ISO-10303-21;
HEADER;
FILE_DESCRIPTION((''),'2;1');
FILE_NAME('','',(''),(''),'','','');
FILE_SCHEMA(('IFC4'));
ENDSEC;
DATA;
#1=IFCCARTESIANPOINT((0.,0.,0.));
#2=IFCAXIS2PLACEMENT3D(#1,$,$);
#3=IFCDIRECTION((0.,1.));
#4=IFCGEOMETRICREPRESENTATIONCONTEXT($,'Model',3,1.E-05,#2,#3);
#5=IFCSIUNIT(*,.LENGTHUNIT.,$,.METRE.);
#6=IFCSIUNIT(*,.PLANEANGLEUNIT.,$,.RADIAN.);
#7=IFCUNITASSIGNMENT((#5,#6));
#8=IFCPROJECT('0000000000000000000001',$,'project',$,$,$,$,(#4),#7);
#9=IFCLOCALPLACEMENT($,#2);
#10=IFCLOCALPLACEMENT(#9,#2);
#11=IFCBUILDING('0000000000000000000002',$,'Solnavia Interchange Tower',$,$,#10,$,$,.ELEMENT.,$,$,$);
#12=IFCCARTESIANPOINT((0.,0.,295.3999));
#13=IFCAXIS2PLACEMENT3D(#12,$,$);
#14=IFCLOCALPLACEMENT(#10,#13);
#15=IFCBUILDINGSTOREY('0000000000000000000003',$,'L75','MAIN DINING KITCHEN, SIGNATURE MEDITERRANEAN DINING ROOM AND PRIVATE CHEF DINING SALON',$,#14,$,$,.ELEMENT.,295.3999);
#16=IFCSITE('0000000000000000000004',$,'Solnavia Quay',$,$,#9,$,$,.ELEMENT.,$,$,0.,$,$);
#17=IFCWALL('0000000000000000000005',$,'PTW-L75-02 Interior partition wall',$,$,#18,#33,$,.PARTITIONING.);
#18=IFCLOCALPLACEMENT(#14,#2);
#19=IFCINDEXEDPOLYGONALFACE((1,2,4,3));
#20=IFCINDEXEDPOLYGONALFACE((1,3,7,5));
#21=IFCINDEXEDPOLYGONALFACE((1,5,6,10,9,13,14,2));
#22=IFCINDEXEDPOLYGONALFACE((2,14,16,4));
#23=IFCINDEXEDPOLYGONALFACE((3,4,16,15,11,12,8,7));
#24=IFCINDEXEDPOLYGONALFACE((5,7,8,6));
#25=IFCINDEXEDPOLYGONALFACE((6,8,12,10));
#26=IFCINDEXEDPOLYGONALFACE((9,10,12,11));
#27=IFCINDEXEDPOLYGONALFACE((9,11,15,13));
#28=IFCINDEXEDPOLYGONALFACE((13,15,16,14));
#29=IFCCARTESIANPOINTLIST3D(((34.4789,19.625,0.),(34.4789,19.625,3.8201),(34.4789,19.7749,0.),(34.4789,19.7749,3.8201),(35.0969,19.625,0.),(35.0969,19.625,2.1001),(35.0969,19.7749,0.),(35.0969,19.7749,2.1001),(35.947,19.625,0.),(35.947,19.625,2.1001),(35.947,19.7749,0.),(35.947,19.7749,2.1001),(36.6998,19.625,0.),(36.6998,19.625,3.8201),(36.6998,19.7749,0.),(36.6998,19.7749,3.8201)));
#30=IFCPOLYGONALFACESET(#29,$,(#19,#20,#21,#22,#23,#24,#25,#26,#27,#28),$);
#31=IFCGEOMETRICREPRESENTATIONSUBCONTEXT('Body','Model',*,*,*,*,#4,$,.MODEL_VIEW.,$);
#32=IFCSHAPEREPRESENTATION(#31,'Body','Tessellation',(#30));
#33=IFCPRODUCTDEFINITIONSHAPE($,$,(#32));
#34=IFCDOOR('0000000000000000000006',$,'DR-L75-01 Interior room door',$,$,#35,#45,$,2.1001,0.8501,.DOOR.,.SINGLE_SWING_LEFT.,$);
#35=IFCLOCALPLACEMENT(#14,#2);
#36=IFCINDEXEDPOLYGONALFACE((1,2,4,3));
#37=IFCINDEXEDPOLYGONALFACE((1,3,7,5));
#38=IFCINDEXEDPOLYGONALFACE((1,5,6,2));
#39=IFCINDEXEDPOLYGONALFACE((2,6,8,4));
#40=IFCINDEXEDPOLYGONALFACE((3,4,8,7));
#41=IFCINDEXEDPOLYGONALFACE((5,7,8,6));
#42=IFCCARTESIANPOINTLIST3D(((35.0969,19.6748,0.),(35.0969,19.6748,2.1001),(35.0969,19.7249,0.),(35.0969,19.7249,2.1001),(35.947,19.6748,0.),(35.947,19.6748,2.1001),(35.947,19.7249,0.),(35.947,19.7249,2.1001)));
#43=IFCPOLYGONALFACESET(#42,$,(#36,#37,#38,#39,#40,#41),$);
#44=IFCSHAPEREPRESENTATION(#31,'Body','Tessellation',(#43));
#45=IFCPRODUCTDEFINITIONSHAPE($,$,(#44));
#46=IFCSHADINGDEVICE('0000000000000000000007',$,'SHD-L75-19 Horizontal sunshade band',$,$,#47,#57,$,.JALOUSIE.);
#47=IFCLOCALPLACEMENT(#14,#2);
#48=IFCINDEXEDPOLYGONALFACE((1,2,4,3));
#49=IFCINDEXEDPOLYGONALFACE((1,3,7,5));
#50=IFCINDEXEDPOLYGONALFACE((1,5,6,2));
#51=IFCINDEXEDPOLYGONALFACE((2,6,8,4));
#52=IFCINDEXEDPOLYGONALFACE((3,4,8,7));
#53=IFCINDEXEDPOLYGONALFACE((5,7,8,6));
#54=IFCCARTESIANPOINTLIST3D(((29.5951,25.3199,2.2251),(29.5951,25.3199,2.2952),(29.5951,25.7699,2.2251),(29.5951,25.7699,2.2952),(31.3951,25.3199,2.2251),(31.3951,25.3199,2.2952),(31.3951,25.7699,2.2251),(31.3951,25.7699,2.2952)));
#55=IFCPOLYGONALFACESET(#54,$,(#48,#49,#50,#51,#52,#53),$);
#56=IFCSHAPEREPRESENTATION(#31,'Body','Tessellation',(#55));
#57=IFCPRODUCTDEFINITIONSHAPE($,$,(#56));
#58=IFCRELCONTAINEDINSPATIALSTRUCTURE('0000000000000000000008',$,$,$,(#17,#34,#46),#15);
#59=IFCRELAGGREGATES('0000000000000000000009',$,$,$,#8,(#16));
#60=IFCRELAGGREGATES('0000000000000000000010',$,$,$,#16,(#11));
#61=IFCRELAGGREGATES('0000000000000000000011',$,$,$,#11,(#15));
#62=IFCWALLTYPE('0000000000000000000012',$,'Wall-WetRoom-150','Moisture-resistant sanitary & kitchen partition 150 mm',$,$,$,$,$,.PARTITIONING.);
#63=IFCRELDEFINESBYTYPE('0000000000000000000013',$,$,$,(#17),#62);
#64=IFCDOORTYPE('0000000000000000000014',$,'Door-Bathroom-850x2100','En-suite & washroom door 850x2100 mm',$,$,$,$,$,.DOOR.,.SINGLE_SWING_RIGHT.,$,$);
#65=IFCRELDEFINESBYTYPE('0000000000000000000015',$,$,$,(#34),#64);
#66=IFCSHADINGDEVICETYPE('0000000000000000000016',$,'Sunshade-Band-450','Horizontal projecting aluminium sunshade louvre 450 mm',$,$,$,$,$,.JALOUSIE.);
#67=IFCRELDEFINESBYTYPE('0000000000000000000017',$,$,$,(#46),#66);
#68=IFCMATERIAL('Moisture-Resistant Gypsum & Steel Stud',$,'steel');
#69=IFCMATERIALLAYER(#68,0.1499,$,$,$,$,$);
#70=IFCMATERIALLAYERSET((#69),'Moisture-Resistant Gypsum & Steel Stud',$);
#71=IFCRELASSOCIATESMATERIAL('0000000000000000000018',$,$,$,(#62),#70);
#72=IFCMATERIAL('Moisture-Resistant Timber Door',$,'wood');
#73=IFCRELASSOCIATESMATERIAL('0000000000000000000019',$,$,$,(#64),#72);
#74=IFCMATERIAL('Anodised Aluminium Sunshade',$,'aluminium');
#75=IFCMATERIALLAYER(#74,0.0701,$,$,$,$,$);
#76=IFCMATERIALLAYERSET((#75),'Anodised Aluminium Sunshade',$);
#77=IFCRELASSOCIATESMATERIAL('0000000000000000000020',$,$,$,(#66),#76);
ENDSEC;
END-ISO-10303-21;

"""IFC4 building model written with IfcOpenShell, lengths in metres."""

from ifc_helpers import new_model, si_unit, direction, frame, frame_2d, origin, origin_2d, place, context, subcontext, project, spatial, rectangle, extrude, material, layer, layer_set, type_object, element, fill, save


model = new_model("IFC4")

# Units and contexts
model_context = context("Model", 3, precision=1e-05, world=origin(), true_north=direction((0.0, 1.0)))
body_context = subcontext(model_context, "Body", "Model", "MODEL_VIEW")
ifc_project = project(units=[si_unit("LENGTHUNIT", "METRE"), si_unit("PLANEANGLEUNIT", "RADIAN")], contexts=[model_context])

# Site, building, storey
site_placement = place(None, origin())
site = spatial("IfcSite", under=ifc_project, at=site_placement, Name="Solnavia Quay", CompositionType="ELEMENT", RefElevation=0.0)
building_placement = place(site_placement, origin())
building = spatial("IfcBuilding", under=site, at=building_placement, Name="Solnavia Interchange Tower", CompositionType="ELEMENT")
storey_placement = place(building_placement, frame((0.0, 0.0, 295.3999)))
storey = spatial("IfcBuildingStorey", under=building, at=storey_placement, Name="L75", Description="MAIN DINING KITCHEN, SIGNATURE MEDITERRANEAN DINING ROOM AND PRIVATE CHEF DINING SALON", CompositionType="ELEMENT", Elevation=295.3999)

# Shared definitions
ifc_material_1 = material(Name="Moisture-Resistant Gypsum & Steel Stud", Category="steel")
ifc_layer_1 = layer(ifc_material_1, 0.1499)
ifc_layer_set_1 = layer_set([ifc_layer_1], Name="Moisture-Resistant Gypsum & Steel Stud")
wall_type_1 = type_object("IfcWallType", Name="Wall-WetRoom-150", Description="Moisture-resistant sanitary & kitchen partition 150 mm", PredefinedType="PARTITIONING", material=ifc_layer_set_1)

# Wall, opening, door
wall_1_placement = place(storey_placement, frame((34.479, 19.7, 0.0), z_axis=(0.0, 0.0, 1.0), x_axis=(1.0, 0.0, 0.0)))
wall_1 = element("IfcWall", 1, at=wall_1_placement, inside=storey, type_object=wall_type_1, Name="PTW-L75-02 Interior partition wall", PredefinedType="PARTITIONING", context=body_context, shape_type="SweptSolid", body=[
    extrude(rectangle(XDim=2.2209, YDim=0.1499, at=frame_2d((1.1104, 0.0))), origin(), (0.0, 0.0, 1.0), 3.8201),
])
opening_1_placement = place(wall_1_placement, frame((0.6179, 0.0, 0.0)))
opening_1 = element("IfcOpeningElement", 2, at=opening_1_placement, cuts=wall_1, PredefinedType="OPENING", context=body_context, shape_type="SweptSolid", body=[
    extrude(rectangle(XDim=0.8501, YDim=2.1001, at=frame_2d((0.425, 1.05))), frame((0.0, 0.085, 0.0), z_axis=(0.0, -1.0, 0.0), x_axis=(1.0, 0.0, 0.0)), (0.0, 0.0, 1.0), 0.1699),
])
ifc_material_2 = material(Name="Moisture-Resistant Timber Door", Category="wood")
door_type_1 = type_object("IfcDoorType", Name="Door-Bathroom-850x2100", Description="En-suite & washroom door 850x2100 mm", OperationType="SINGLE_SWING_RIGHT", PredefinedType="DOOR", material=ifc_material_2)
door_1_placement = place(opening_1_placement, origin())
door_1 = element("IfcDoor", 3, at=door_1_placement, inside=storey, type_object=door_type_1, Name="DR-L75-01 Interior room door", OperationType="SINGLE_SWING_LEFT", OverallHeight=2.1001, OverallWidth=0.8501, PredefinedType="DOOR", context=body_context, shape_type="SweptSolid", body=[
    extrude(rectangle(XDim=0.8501, YDim=2.1001, at=frame_2d((0.425, 1.05))), frame((0.0, 0.0249, 0.0), z_axis=(0.0, -1.0, 0.0), x_axis=(1.0, 0.0, 0.0)), (0.0, 0.0, 1.0), 0.05),
])
fill(opening_1, door_1)

# Shading device
ifc_material_3 = material(Name="Anodised Aluminium Sunshade", Category="aluminium")
ifc_layer_2 = layer(ifc_material_3, 0.0701)
ifc_layer_set_2 = layer_set([ifc_layer_2], Name="Anodised Aluminium Sunshade")
shading_device_type = type_object("IfcShadingDeviceType", Name="Sunshade-Band-450", Description="Horizontal projecting aluminium sunshade louvre 450 mm", PredefinedType="JALOUSIE", material=ifc_layer_set_2)
shading_device_placement = place(storey_placement, frame((30.4951, 25.5449, 2.2251), z_axis=(0.0, 0.0, 1.0), x_axis=(1.0, 0.0, 0.0)))
element("IfcShadingDevice", 4, at=shading_device_placement, inside=storey, type_object=shading_device_type, Name="SHD-L75-19 Horizontal sunshade band", PredefinedType="JALOUSIE", context=body_context, shape_type="SweptSolid", body=[
    extrude(rectangle(XDim=1.8, YDim=0.45, at=origin_2d()), origin(), (0.0, 0.0, 1.0), 0.0701),
])

save(model, "model.ifc")
